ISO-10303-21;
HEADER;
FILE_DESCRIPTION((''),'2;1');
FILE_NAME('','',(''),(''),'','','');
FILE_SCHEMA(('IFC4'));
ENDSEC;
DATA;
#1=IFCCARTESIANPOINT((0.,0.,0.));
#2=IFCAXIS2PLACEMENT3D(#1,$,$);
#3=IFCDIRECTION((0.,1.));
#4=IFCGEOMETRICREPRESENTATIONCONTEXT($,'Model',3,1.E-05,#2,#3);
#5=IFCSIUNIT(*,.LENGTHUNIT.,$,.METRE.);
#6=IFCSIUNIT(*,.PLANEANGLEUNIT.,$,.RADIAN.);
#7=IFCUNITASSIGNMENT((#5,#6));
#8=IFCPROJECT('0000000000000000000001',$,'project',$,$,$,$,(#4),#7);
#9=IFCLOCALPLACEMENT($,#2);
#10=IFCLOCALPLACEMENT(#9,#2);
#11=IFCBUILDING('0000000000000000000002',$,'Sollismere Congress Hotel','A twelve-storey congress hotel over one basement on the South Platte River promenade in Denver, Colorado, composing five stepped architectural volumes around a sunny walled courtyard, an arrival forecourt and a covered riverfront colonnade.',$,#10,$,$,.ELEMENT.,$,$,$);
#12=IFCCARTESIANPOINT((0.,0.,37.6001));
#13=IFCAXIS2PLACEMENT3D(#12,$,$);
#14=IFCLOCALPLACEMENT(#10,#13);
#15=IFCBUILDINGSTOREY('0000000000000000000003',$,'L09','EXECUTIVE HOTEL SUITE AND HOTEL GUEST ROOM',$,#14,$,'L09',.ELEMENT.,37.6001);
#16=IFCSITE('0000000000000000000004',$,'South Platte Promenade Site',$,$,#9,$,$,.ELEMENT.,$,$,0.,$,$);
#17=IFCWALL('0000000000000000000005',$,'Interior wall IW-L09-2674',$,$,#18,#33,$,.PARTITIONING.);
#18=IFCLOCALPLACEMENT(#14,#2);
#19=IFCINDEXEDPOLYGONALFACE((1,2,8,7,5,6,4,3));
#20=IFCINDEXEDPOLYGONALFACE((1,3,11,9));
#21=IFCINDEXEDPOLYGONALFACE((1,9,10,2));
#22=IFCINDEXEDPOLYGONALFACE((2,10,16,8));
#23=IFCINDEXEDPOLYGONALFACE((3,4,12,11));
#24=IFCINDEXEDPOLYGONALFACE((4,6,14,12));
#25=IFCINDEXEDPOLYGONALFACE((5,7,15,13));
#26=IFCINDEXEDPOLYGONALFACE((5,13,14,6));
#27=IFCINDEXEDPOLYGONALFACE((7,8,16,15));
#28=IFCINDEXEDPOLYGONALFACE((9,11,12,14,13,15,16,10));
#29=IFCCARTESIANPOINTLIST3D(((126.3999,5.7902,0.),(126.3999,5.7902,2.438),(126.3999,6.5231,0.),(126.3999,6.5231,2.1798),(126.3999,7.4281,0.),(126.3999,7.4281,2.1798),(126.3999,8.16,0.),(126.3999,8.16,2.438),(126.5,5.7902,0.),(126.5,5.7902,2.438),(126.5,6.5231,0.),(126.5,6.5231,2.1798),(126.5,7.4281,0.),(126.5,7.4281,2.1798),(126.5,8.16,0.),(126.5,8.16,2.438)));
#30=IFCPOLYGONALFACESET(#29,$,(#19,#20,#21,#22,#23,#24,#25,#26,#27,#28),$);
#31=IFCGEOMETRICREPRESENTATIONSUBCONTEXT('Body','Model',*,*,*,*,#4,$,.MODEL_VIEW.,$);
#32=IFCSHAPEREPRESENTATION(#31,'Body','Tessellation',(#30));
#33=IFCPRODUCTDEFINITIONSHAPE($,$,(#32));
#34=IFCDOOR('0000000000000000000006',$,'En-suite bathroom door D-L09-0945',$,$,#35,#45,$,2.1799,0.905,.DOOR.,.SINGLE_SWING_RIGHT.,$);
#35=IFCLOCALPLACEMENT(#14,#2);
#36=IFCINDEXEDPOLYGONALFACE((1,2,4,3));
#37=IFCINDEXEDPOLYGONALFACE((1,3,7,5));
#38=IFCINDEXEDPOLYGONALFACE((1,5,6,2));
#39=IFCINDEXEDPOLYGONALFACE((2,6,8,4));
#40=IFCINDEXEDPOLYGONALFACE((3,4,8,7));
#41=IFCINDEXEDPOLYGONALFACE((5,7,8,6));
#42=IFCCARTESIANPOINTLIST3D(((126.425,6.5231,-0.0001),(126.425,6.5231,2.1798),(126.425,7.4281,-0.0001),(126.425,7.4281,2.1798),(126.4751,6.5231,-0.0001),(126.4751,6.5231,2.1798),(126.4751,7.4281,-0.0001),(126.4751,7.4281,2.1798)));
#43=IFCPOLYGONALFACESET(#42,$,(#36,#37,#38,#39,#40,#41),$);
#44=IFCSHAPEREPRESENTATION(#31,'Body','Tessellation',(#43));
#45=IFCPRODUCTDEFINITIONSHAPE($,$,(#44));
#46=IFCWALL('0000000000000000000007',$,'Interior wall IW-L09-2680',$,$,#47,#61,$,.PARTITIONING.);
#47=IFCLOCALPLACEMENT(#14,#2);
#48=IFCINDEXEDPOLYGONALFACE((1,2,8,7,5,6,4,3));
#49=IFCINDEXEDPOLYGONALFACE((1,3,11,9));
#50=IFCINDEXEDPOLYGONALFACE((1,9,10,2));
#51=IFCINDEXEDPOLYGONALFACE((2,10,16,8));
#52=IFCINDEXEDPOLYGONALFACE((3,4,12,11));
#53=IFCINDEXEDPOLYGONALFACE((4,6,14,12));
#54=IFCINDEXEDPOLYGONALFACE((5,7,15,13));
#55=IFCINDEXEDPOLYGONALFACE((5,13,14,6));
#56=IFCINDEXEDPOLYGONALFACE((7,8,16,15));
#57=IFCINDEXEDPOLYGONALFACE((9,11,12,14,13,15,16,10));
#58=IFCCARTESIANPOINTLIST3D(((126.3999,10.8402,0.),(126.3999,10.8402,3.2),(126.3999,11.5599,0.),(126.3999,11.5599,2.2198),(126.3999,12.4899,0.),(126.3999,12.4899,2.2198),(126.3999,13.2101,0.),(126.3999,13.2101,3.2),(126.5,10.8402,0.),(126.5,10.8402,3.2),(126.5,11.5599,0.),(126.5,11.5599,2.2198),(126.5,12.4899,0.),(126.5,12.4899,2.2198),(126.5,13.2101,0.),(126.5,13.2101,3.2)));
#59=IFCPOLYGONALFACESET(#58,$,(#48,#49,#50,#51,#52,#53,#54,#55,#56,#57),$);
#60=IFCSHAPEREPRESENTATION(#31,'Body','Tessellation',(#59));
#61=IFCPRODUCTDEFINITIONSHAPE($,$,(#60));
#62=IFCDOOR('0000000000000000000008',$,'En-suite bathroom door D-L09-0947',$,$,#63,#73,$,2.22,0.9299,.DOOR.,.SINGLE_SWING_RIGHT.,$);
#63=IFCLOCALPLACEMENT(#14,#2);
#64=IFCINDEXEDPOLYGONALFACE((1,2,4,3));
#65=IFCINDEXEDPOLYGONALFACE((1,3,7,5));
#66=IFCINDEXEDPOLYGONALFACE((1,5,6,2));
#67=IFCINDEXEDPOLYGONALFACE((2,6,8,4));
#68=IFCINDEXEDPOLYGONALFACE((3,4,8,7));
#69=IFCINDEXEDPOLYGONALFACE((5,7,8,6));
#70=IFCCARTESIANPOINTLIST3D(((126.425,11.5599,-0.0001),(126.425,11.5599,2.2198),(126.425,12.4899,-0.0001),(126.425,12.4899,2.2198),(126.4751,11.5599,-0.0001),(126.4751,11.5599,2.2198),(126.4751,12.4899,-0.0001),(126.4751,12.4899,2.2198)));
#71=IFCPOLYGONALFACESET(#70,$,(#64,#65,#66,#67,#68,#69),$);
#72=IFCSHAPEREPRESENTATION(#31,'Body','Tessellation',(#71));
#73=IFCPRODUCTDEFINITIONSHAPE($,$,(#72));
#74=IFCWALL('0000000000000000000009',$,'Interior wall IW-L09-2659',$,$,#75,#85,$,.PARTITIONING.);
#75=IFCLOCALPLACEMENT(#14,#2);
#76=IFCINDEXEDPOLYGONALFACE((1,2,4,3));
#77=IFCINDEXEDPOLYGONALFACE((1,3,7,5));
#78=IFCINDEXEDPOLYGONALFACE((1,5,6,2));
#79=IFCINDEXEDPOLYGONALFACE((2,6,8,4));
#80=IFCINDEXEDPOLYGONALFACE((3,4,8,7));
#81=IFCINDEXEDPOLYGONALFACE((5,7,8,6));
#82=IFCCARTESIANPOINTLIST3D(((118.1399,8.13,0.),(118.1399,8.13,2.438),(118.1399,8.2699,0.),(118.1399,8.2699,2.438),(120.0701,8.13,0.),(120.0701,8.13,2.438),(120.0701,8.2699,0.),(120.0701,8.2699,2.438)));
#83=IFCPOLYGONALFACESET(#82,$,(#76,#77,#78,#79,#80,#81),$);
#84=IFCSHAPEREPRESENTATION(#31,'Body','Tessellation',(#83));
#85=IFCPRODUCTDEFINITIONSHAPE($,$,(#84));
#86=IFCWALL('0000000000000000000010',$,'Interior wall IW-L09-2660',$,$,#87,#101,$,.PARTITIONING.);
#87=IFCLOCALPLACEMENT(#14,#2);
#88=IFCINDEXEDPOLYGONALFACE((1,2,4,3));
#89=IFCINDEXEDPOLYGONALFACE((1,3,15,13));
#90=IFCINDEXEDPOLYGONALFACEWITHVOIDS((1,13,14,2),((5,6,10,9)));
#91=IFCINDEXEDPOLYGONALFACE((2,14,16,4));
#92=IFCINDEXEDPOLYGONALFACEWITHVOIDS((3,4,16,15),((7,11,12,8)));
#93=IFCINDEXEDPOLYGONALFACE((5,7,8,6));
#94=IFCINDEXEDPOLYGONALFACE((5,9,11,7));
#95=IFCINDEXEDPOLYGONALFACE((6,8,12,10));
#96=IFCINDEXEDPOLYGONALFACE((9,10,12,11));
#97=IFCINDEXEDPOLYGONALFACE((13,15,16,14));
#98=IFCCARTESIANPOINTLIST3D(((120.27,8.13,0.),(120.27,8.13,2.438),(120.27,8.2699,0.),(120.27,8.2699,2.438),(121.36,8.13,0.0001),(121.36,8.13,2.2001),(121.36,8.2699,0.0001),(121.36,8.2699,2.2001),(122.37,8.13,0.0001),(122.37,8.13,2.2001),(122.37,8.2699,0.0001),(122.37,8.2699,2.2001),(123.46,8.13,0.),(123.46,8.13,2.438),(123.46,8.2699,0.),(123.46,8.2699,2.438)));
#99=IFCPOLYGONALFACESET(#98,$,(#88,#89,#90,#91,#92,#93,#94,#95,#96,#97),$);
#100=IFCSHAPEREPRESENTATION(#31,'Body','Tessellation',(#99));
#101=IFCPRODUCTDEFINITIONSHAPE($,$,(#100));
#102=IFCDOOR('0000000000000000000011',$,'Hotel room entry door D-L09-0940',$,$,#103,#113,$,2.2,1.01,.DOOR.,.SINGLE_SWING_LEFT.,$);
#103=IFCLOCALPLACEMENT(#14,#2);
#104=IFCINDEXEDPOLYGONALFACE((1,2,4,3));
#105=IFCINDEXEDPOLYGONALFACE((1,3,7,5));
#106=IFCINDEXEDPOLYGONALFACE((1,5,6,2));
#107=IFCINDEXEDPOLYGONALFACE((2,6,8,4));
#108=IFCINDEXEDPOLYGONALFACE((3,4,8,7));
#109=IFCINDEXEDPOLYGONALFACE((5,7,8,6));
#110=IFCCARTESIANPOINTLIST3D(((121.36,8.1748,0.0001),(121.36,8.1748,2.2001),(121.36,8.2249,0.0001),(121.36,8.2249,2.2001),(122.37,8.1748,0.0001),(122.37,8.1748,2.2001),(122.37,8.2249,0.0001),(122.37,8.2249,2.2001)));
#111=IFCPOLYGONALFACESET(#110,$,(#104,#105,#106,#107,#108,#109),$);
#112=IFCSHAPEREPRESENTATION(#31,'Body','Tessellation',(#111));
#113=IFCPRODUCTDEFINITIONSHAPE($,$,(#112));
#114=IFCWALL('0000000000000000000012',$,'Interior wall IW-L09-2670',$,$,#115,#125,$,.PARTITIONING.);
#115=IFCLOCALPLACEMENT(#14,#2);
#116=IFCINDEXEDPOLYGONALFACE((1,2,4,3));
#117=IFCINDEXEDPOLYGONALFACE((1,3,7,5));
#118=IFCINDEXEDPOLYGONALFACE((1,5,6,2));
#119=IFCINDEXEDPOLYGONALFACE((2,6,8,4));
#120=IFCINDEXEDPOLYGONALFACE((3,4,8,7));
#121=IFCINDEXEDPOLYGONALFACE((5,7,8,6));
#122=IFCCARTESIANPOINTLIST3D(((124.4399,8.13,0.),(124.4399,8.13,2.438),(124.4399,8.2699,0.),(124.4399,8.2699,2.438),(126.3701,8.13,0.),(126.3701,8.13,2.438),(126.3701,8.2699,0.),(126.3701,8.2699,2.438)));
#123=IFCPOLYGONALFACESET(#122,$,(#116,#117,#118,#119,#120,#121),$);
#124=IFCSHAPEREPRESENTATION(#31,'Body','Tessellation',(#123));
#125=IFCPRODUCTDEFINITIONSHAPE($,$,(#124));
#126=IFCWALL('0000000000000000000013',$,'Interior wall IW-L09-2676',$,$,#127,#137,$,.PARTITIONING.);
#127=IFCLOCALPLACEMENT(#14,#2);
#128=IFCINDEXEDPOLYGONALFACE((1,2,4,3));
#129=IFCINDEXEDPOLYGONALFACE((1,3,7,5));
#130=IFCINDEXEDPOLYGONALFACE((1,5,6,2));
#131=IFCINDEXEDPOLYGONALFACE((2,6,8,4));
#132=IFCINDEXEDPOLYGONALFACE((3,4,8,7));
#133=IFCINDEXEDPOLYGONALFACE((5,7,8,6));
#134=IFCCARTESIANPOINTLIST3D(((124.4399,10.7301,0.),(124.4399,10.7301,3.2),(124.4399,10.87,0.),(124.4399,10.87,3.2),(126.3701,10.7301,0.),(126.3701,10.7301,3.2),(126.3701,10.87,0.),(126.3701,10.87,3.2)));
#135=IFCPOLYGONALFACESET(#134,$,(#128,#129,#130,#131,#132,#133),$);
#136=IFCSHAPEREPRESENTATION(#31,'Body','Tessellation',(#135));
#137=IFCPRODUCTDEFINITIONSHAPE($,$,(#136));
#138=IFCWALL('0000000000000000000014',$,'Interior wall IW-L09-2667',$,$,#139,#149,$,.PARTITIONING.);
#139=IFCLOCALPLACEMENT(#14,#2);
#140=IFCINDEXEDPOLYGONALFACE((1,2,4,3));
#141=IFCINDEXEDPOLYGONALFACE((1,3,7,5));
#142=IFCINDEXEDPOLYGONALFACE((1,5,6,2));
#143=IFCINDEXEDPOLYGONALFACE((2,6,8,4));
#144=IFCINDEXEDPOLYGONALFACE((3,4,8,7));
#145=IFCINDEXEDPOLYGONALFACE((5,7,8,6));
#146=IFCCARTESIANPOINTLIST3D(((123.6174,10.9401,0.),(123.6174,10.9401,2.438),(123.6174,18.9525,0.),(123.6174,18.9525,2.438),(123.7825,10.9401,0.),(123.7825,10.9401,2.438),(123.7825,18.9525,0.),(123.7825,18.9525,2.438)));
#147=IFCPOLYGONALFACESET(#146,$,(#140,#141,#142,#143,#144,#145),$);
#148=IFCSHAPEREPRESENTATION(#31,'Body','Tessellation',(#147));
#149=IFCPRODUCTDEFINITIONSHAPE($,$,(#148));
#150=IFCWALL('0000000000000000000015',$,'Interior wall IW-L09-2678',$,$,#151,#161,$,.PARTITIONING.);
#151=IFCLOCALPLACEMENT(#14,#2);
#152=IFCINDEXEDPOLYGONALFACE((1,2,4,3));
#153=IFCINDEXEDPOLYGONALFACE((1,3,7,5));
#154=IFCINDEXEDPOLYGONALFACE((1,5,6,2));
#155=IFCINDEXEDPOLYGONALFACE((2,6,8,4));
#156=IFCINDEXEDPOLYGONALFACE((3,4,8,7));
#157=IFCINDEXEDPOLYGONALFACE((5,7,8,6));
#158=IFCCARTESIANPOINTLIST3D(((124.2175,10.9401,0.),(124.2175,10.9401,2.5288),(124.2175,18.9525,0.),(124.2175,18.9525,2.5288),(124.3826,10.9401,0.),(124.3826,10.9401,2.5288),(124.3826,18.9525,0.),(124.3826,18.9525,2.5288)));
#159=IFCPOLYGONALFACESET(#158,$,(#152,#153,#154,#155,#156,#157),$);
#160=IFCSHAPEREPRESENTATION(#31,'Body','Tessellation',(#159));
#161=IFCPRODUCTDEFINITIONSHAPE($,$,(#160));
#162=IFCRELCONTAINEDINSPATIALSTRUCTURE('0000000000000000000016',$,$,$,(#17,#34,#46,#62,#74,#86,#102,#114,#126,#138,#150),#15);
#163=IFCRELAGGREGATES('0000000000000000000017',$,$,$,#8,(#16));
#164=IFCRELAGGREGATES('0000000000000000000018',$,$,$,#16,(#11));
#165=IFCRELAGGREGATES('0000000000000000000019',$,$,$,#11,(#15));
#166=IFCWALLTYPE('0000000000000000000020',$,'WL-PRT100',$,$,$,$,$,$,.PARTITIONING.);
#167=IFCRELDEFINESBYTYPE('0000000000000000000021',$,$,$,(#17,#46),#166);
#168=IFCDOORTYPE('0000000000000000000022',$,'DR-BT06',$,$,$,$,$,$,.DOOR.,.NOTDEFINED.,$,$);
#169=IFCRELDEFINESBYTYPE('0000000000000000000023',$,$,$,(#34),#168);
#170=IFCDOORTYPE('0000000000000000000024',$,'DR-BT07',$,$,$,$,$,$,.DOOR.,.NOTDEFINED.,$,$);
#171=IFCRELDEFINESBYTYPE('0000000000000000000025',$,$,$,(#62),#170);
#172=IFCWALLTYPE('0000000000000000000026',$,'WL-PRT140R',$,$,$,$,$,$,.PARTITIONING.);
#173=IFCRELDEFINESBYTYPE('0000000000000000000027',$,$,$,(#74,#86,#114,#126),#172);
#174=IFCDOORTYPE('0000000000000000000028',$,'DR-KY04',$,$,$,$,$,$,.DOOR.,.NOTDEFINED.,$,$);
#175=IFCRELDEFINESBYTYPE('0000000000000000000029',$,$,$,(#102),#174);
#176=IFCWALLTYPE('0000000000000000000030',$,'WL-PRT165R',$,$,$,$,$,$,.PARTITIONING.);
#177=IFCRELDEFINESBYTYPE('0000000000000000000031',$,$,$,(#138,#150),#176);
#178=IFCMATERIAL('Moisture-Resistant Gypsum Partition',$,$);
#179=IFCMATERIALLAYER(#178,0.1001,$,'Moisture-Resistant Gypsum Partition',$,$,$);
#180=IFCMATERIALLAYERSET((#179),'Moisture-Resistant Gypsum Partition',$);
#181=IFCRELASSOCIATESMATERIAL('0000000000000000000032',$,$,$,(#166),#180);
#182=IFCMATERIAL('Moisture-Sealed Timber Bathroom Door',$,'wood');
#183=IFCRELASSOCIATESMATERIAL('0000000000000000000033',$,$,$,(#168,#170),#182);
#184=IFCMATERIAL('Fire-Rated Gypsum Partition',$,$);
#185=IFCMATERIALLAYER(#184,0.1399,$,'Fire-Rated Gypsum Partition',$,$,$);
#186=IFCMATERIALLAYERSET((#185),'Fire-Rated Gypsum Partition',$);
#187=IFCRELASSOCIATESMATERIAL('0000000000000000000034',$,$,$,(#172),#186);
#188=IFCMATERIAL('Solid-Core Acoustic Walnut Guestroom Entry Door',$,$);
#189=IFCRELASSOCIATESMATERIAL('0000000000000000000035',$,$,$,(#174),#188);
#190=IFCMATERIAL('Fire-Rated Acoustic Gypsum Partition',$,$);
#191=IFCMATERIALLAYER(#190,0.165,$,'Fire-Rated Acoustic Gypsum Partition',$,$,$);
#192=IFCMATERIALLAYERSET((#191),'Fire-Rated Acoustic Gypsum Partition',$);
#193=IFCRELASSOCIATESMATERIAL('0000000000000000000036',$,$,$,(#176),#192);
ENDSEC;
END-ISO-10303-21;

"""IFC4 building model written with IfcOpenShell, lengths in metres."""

from ifc_helpers import new_model, si_unit, direction, frame, frame_2d, origin, place, context, subcontext, project, spatial, rectangle, extrude, material, layer, layer_set, type_object, element, fill, save


model = new_model("IFC4")

# Units and contexts
model_context = context("Model", 3, precision=1e-05, world=origin(), true_north=direction((0.0, 1.0)))
body_context = subcontext(model_context, "Body", "Model", "MODEL_VIEW")
ifc_project = project(units=[si_unit("LENGTHUNIT", "METRE"), si_unit("PLANEANGLEUNIT", "RADIAN")], contexts=[model_context])

# Site, building, storey
site_placement = place(None, origin())
site = spatial("IfcSite", under=ifc_project, at=site_placement, Name="South Platte Promenade Site", CompositionType="ELEMENT", RefElevation=0.0)
building_placement = place(site_placement, origin())
building = spatial("IfcBuilding", under=site, at=building_placement, Name="Sollismere Congress Hotel", Description="A twelve-storey congress hotel over one basement on the South Platte River promenade in Denver, Colorado, composing five stepped architectural volumes around a sunny walled courtyard, an arrival forecourt and a covered riverfront colonnade.", CompositionType="ELEMENT")
storey_placement = place(building_placement, frame((0.0, 0.0, 37.6001)))
storey = spatial("IfcBuildingStorey", under=building, at=storey_placement, Name="L09", Description="EXECUTIVE HOTEL SUITE AND HOTEL GUEST ROOM", LongName="L09", CompositionType="ELEMENT", Elevation=37.6001)

# Walls, openings, doors
ifc_material_1 = material(Name="Moisture-Resistant Gypsum Partition")
ifc_layer_1 = layer(ifc_material_1, 0.1001, Name="Moisture-Resistant Gypsum Partition")
ifc_layer_set_1 = layer_set([ifc_layer_1], Name="Moisture-Resistant Gypsum Partition")
wall_type_1 = type_object("IfcWallType", Name="WL-PRT100", PredefinedType="PARTITIONING", material=ifc_layer_set_1)
ifc_material_2 = material(Name="Moisture-Sealed Timber Bathroom Door", Category="wood")
wall_1_placement = place(storey_placement, frame((126.45, 5.79, 0.0), z_axis=(0.0, 0.0, 1.0), x_axis=(0.0, 1.0, 0.0)))
wall_1 = element("IfcWall", 1, at=wall_1_placement, inside=storey, type_object=wall_type_1, Name="Interior wall IW-L09-2674", PredefinedType="PARTITIONING", context=body_context, shape_type="SweptSolid", body=[
    extrude(rectangle(XDim=2.3699, YDim=0.1001, at=frame_2d((1.1851, 0.0))), origin(), (0.0, 0.0, 1.0), 2.438),
])
opening_1_placement = place(wall_1_placement, frame((0.7329, 0.0, 0.0)))
opening_1 = element("IfcOpeningElement", 2, at=opening_1_placement, cuts=wall_1, PredefinedType="OPENING", context=body_context, shape_type="SweptSolid", body=[
    extrude(rectangle(XDim=0.905, YDim=2.1799, at=frame_2d((0.4526, 1.0898))), frame((0.0, 0.0601, 0.0), z_axis=(0.0, -1.0, 0.0), x_axis=(1.0, 0.0, 0.0)), (0.0, 0.0, 1.0), 0.1201),
])
door_type_1 = type_object("IfcDoorType", Name="DR-BT06", OperationType="NOTDEFINED", PredefinedType="DOOR", material=ifc_material_2)
door_1_placement = place(opening_1_placement, origin())
door_1 = element("IfcDoor", 3, at=door_1_placement, inside=storey, type_object=door_type_1, Name="En-suite bathroom door D-L09-0945", OperationType="SINGLE_SWING_RIGHT", OverallHeight=2.1799, OverallWidth=0.905, PredefinedType="DOOR", context=body_context, shape_type="SweptSolid", body=[
    extrude(rectangle(XDim=0.905, YDim=2.1799, at=frame_2d((0.4526, 1.0898))), frame((0.0, 0.0249, 0.0), z_axis=(0.0, -1.0, 0.0), x_axis=(1.0, 0.0, 0.0)), (0.0, 0.0, 1.0), 0.05),
])
fill(opening_1, door_1)
wall_2_placement = place(storey_placement, frame((126.45, 10.8401, 0.0), z_axis=(0.0, 0.0, 1.0), x_axis=(0.0, 1.0, 0.0)))
wall_2 = element("IfcWall", 4, at=wall_2_placement, inside=storey, type_object=wall_type_1, Name="Interior wall IW-L09-2680", PredefinedType="PARTITIONING", context=body_context, shape_type="SweptSolid", body=[
    extrude(rectangle(XDim=2.3699, YDim=0.1001, at=frame_2d((1.1851, 0.0))), origin(), (0.0, 0.0, 1.0), 3.2),
])
opening_2_placement = place(wall_2_placement, frame((0.72, 0.0, 0.0)))
opening_2 = element("IfcOpeningElement", 5, at=opening_2_placement, cuts=wall_2, PredefinedType="OPENING", context=body_context, shape_type="SweptSolid", body=[
    extrude(rectangle(XDim=0.9299, YDim=2.22, at=frame_2d((0.4648, 1.1099))), frame((0.0, 0.0601, 0.0), z_axis=(0.0, -1.0, 0.0), x_axis=(1.0, 0.0, 0.0)), (0.0, 0.0, 1.0), 0.1201),
])
door_type_2 = type_object("IfcDoorType", Name="DR-BT07", OperationType="NOTDEFINED", PredefinedType="DOOR", material=ifc_material_2)
door_2_placement = place(opening_2_placement, origin())
door_2 = element("IfcDoor", 6, at=door_2_placement, inside=storey, type_object=door_type_2, Name="En-suite bathroom door D-L09-0947", OperationType="SINGLE_SWING_RIGHT", OverallHeight=2.22, OverallWidth=0.9299, PredefinedType="DOOR", context=body_context, shape_type="SweptSolid", body=[
    extrude(rectangle(XDim=0.9299, YDim=2.22, at=frame_2d((0.4648, 1.1099))), frame((0.0, 0.0249, 0.0), z_axis=(0.0, -1.0, 0.0), x_axis=(1.0, 0.0, 0.0)), (0.0, 0.0, 1.0), 0.05),
])
fill(opening_2, door_2)

# Wall
ifc_material_3 = material(Name="Fire-Rated Gypsum Partition")
ifc_layer_2 = layer(ifc_material_3, 0.1399, Name="Fire-Rated Gypsum Partition")
ifc_layer_set_2 = layer_set([ifc_layer_2], Name="Fire-Rated Gypsum Partition")
wall_type_2 = type_object("IfcWallType", Name="WL-PRT140R", PredefinedType="PARTITIONING", material=ifc_layer_set_2)
wall_3_placement = place(storey_placement, frame((118.1399, 8.2, 0.0), z_axis=(0.0, 0.0, 1.0), x_axis=(1.0, 0.0, 0.0)))
element("IfcWall", 7, at=wall_3_placement, inside=storey, type_object=wall_type_2, Name="Interior wall IW-L09-2659", PredefinedType="PARTITIONING", context=body_context, shape_type="SweptSolid", body=[
    extrude(rectangle(XDim=1.9302, YDim=0.1399, at=frame_2d((0.9651, 0.0))), origin(), (0.0, 0.0, 1.0), 2.438),
])

# Wall, opening, door
wall_4_placement = place(storey_placement, frame((120.27, 8.2, 0.0), z_axis=(0.0, 0.0, 1.0), x_axis=(1.0, 0.0, 0.0)))
wall_4 = element("IfcWall", 8, at=wall_4_placement, inside=storey, type_object=wall_type_2, Name="Interior wall IW-L09-2660", PredefinedType="PARTITIONING", context=body_context, shape_type="SweptSolid", body=[
    extrude(rectangle(XDim=3.1899, YDim=0.1399, at=frame_2d((1.595, 0.0))), origin(), (0.0, 0.0, 1.0), 2.438),
])
opening_3_placement = place(wall_4_placement, frame((1.0901, 0.0, 0.0)))
opening_3 = element("IfcOpeningElement", 9, at=opening_3_placement, cuts=wall_4, PredefinedType="OPENING", context=body_context, shape_type="SweptSolid", body=[
    extrude(rectangle(XDim=1.01, YDim=2.2, at=frame_2d((0.5049, 1.1001))), frame((0.0, 0.0798, 0.0), z_axis=(0.0, -1.0, 0.0), x_axis=(1.0, 0.0, 0.0)), (0.0, 0.0, 1.0), 0.1599),
])
ifc_material_4 = material(Name="Solid-Core Acoustic Walnut Guestroom Entry Door")
door_type_3 = type_object("IfcDoorType", Name="DR-KY04", OperationType="NOTDEFINED", PredefinedType="DOOR", material=ifc_material_4)
door_3_placement = place(opening_3_placement, origin())
door_3 = element("IfcDoor", 10, at=door_3_placement, inside=storey, type_object=door_type_3, Name="Hotel room entry door D-L09-0940", OperationType="SINGLE_SWING_LEFT", OverallHeight=2.2, OverallWidth=1.01, PredefinedType="DOOR", context=body_context, shape_type="SweptSolid", body=[
    extrude(rectangle(XDim=1.01, YDim=2.2, at=frame_2d((0.5049, 1.1001))), frame((0.0, 0.0249, 0.0), z_axis=(0.0, -1.0, 0.0), x_axis=(1.0, 0.0, 0.0)), (0.0, 0.0, 1.0), 0.05),
])
fill(opening_3, door_3)

# Walls
wall_5_placement = place(storey_placement, frame((124.4399, 8.2, 0.0), z_axis=(0.0, 0.0, 1.0), x_axis=(1.0, 0.0, 0.0)))
element("IfcWall", 11, at=wall_5_placement, inside=storey, type_object=wall_type_2, Name="Interior wall IW-L09-2670", PredefinedType="PARTITIONING", context=body_context, shape_type="SweptSolid", body=[
    extrude(rectangle(XDim=1.9302, YDim=0.1399, at=frame_2d((0.9651, 0.0))), origin(), (0.0, 0.0, 1.0), 2.438),
])
wall_6_placement = place(storey_placement, frame((124.4399, 10.8, 0.0), z_axis=(0.0, 0.0, 1.0), x_axis=(1.0, 0.0, 0.0)))
element("IfcWall", 12, at=wall_6_placement, inside=storey, type_object=wall_type_2, Name="Interior wall IW-L09-2676", PredefinedType="PARTITIONING", context=body_context, shape_type="SweptSolid", body=[
    extrude(rectangle(XDim=1.9302, YDim=0.1399, at=frame_2d((0.9651, 0.0))), origin(), (0.0, 0.0, 1.0), 3.2),
])
ifc_material_5 = material(Name="Fire-Rated Acoustic Gypsum Partition")
ifc_layer_3 = layer(ifc_material_5, 0.165, Name="Fire-Rated Acoustic Gypsum Partition")
ifc_layer_set_3 = layer_set([ifc_layer_3], Name="Fire-Rated Acoustic Gypsum Partition")
wall_type_3 = type_object("IfcWallType", Name="WL-PRT165R", PredefinedType="PARTITIONING", material=ifc_layer_set_3)
wall_7_placement = place(storey_placement, frame((123.7, 10.9399, 0.0), z_axis=(0.0, 0.0, 1.0), x_axis=(0.0, 1.0, 0.0)))
element("IfcWall", 13, at=wall_7_placement, inside=storey, type_object=wall_type_3, Name="Interior wall IW-L09-2667", PredefinedType="PARTITIONING", context=body_context, shape_type="SweptSolid", body=[
    extrude(rectangle(XDim=8.0125, YDim=0.165, at=frame_2d((4.0063, 0.0))), origin(), (0.0, 0.0, 1.0), 2.438),
])
wall_8_placement = place(storey_placement, frame((124.3, 10.9399, 0.0), z_axis=(0.0, 0.0, 1.0), x_axis=(0.0, 1.0, 0.0)))
element("IfcWall", 14, at=wall_8_placement, inside=storey, type_object=wall_type_3, Name="Interior wall IW-L09-2678", PredefinedType="PARTITIONING", context=body_context, shape_type="SweptSolid", body=[
    extrude(rectangle(XDim=8.0125, YDim=0.165, at=frame_2d((4.0063, 0.0))), origin(), (0.0, 0.0, 1.0), 2.5288),
])

save(model, "model.ifc")
